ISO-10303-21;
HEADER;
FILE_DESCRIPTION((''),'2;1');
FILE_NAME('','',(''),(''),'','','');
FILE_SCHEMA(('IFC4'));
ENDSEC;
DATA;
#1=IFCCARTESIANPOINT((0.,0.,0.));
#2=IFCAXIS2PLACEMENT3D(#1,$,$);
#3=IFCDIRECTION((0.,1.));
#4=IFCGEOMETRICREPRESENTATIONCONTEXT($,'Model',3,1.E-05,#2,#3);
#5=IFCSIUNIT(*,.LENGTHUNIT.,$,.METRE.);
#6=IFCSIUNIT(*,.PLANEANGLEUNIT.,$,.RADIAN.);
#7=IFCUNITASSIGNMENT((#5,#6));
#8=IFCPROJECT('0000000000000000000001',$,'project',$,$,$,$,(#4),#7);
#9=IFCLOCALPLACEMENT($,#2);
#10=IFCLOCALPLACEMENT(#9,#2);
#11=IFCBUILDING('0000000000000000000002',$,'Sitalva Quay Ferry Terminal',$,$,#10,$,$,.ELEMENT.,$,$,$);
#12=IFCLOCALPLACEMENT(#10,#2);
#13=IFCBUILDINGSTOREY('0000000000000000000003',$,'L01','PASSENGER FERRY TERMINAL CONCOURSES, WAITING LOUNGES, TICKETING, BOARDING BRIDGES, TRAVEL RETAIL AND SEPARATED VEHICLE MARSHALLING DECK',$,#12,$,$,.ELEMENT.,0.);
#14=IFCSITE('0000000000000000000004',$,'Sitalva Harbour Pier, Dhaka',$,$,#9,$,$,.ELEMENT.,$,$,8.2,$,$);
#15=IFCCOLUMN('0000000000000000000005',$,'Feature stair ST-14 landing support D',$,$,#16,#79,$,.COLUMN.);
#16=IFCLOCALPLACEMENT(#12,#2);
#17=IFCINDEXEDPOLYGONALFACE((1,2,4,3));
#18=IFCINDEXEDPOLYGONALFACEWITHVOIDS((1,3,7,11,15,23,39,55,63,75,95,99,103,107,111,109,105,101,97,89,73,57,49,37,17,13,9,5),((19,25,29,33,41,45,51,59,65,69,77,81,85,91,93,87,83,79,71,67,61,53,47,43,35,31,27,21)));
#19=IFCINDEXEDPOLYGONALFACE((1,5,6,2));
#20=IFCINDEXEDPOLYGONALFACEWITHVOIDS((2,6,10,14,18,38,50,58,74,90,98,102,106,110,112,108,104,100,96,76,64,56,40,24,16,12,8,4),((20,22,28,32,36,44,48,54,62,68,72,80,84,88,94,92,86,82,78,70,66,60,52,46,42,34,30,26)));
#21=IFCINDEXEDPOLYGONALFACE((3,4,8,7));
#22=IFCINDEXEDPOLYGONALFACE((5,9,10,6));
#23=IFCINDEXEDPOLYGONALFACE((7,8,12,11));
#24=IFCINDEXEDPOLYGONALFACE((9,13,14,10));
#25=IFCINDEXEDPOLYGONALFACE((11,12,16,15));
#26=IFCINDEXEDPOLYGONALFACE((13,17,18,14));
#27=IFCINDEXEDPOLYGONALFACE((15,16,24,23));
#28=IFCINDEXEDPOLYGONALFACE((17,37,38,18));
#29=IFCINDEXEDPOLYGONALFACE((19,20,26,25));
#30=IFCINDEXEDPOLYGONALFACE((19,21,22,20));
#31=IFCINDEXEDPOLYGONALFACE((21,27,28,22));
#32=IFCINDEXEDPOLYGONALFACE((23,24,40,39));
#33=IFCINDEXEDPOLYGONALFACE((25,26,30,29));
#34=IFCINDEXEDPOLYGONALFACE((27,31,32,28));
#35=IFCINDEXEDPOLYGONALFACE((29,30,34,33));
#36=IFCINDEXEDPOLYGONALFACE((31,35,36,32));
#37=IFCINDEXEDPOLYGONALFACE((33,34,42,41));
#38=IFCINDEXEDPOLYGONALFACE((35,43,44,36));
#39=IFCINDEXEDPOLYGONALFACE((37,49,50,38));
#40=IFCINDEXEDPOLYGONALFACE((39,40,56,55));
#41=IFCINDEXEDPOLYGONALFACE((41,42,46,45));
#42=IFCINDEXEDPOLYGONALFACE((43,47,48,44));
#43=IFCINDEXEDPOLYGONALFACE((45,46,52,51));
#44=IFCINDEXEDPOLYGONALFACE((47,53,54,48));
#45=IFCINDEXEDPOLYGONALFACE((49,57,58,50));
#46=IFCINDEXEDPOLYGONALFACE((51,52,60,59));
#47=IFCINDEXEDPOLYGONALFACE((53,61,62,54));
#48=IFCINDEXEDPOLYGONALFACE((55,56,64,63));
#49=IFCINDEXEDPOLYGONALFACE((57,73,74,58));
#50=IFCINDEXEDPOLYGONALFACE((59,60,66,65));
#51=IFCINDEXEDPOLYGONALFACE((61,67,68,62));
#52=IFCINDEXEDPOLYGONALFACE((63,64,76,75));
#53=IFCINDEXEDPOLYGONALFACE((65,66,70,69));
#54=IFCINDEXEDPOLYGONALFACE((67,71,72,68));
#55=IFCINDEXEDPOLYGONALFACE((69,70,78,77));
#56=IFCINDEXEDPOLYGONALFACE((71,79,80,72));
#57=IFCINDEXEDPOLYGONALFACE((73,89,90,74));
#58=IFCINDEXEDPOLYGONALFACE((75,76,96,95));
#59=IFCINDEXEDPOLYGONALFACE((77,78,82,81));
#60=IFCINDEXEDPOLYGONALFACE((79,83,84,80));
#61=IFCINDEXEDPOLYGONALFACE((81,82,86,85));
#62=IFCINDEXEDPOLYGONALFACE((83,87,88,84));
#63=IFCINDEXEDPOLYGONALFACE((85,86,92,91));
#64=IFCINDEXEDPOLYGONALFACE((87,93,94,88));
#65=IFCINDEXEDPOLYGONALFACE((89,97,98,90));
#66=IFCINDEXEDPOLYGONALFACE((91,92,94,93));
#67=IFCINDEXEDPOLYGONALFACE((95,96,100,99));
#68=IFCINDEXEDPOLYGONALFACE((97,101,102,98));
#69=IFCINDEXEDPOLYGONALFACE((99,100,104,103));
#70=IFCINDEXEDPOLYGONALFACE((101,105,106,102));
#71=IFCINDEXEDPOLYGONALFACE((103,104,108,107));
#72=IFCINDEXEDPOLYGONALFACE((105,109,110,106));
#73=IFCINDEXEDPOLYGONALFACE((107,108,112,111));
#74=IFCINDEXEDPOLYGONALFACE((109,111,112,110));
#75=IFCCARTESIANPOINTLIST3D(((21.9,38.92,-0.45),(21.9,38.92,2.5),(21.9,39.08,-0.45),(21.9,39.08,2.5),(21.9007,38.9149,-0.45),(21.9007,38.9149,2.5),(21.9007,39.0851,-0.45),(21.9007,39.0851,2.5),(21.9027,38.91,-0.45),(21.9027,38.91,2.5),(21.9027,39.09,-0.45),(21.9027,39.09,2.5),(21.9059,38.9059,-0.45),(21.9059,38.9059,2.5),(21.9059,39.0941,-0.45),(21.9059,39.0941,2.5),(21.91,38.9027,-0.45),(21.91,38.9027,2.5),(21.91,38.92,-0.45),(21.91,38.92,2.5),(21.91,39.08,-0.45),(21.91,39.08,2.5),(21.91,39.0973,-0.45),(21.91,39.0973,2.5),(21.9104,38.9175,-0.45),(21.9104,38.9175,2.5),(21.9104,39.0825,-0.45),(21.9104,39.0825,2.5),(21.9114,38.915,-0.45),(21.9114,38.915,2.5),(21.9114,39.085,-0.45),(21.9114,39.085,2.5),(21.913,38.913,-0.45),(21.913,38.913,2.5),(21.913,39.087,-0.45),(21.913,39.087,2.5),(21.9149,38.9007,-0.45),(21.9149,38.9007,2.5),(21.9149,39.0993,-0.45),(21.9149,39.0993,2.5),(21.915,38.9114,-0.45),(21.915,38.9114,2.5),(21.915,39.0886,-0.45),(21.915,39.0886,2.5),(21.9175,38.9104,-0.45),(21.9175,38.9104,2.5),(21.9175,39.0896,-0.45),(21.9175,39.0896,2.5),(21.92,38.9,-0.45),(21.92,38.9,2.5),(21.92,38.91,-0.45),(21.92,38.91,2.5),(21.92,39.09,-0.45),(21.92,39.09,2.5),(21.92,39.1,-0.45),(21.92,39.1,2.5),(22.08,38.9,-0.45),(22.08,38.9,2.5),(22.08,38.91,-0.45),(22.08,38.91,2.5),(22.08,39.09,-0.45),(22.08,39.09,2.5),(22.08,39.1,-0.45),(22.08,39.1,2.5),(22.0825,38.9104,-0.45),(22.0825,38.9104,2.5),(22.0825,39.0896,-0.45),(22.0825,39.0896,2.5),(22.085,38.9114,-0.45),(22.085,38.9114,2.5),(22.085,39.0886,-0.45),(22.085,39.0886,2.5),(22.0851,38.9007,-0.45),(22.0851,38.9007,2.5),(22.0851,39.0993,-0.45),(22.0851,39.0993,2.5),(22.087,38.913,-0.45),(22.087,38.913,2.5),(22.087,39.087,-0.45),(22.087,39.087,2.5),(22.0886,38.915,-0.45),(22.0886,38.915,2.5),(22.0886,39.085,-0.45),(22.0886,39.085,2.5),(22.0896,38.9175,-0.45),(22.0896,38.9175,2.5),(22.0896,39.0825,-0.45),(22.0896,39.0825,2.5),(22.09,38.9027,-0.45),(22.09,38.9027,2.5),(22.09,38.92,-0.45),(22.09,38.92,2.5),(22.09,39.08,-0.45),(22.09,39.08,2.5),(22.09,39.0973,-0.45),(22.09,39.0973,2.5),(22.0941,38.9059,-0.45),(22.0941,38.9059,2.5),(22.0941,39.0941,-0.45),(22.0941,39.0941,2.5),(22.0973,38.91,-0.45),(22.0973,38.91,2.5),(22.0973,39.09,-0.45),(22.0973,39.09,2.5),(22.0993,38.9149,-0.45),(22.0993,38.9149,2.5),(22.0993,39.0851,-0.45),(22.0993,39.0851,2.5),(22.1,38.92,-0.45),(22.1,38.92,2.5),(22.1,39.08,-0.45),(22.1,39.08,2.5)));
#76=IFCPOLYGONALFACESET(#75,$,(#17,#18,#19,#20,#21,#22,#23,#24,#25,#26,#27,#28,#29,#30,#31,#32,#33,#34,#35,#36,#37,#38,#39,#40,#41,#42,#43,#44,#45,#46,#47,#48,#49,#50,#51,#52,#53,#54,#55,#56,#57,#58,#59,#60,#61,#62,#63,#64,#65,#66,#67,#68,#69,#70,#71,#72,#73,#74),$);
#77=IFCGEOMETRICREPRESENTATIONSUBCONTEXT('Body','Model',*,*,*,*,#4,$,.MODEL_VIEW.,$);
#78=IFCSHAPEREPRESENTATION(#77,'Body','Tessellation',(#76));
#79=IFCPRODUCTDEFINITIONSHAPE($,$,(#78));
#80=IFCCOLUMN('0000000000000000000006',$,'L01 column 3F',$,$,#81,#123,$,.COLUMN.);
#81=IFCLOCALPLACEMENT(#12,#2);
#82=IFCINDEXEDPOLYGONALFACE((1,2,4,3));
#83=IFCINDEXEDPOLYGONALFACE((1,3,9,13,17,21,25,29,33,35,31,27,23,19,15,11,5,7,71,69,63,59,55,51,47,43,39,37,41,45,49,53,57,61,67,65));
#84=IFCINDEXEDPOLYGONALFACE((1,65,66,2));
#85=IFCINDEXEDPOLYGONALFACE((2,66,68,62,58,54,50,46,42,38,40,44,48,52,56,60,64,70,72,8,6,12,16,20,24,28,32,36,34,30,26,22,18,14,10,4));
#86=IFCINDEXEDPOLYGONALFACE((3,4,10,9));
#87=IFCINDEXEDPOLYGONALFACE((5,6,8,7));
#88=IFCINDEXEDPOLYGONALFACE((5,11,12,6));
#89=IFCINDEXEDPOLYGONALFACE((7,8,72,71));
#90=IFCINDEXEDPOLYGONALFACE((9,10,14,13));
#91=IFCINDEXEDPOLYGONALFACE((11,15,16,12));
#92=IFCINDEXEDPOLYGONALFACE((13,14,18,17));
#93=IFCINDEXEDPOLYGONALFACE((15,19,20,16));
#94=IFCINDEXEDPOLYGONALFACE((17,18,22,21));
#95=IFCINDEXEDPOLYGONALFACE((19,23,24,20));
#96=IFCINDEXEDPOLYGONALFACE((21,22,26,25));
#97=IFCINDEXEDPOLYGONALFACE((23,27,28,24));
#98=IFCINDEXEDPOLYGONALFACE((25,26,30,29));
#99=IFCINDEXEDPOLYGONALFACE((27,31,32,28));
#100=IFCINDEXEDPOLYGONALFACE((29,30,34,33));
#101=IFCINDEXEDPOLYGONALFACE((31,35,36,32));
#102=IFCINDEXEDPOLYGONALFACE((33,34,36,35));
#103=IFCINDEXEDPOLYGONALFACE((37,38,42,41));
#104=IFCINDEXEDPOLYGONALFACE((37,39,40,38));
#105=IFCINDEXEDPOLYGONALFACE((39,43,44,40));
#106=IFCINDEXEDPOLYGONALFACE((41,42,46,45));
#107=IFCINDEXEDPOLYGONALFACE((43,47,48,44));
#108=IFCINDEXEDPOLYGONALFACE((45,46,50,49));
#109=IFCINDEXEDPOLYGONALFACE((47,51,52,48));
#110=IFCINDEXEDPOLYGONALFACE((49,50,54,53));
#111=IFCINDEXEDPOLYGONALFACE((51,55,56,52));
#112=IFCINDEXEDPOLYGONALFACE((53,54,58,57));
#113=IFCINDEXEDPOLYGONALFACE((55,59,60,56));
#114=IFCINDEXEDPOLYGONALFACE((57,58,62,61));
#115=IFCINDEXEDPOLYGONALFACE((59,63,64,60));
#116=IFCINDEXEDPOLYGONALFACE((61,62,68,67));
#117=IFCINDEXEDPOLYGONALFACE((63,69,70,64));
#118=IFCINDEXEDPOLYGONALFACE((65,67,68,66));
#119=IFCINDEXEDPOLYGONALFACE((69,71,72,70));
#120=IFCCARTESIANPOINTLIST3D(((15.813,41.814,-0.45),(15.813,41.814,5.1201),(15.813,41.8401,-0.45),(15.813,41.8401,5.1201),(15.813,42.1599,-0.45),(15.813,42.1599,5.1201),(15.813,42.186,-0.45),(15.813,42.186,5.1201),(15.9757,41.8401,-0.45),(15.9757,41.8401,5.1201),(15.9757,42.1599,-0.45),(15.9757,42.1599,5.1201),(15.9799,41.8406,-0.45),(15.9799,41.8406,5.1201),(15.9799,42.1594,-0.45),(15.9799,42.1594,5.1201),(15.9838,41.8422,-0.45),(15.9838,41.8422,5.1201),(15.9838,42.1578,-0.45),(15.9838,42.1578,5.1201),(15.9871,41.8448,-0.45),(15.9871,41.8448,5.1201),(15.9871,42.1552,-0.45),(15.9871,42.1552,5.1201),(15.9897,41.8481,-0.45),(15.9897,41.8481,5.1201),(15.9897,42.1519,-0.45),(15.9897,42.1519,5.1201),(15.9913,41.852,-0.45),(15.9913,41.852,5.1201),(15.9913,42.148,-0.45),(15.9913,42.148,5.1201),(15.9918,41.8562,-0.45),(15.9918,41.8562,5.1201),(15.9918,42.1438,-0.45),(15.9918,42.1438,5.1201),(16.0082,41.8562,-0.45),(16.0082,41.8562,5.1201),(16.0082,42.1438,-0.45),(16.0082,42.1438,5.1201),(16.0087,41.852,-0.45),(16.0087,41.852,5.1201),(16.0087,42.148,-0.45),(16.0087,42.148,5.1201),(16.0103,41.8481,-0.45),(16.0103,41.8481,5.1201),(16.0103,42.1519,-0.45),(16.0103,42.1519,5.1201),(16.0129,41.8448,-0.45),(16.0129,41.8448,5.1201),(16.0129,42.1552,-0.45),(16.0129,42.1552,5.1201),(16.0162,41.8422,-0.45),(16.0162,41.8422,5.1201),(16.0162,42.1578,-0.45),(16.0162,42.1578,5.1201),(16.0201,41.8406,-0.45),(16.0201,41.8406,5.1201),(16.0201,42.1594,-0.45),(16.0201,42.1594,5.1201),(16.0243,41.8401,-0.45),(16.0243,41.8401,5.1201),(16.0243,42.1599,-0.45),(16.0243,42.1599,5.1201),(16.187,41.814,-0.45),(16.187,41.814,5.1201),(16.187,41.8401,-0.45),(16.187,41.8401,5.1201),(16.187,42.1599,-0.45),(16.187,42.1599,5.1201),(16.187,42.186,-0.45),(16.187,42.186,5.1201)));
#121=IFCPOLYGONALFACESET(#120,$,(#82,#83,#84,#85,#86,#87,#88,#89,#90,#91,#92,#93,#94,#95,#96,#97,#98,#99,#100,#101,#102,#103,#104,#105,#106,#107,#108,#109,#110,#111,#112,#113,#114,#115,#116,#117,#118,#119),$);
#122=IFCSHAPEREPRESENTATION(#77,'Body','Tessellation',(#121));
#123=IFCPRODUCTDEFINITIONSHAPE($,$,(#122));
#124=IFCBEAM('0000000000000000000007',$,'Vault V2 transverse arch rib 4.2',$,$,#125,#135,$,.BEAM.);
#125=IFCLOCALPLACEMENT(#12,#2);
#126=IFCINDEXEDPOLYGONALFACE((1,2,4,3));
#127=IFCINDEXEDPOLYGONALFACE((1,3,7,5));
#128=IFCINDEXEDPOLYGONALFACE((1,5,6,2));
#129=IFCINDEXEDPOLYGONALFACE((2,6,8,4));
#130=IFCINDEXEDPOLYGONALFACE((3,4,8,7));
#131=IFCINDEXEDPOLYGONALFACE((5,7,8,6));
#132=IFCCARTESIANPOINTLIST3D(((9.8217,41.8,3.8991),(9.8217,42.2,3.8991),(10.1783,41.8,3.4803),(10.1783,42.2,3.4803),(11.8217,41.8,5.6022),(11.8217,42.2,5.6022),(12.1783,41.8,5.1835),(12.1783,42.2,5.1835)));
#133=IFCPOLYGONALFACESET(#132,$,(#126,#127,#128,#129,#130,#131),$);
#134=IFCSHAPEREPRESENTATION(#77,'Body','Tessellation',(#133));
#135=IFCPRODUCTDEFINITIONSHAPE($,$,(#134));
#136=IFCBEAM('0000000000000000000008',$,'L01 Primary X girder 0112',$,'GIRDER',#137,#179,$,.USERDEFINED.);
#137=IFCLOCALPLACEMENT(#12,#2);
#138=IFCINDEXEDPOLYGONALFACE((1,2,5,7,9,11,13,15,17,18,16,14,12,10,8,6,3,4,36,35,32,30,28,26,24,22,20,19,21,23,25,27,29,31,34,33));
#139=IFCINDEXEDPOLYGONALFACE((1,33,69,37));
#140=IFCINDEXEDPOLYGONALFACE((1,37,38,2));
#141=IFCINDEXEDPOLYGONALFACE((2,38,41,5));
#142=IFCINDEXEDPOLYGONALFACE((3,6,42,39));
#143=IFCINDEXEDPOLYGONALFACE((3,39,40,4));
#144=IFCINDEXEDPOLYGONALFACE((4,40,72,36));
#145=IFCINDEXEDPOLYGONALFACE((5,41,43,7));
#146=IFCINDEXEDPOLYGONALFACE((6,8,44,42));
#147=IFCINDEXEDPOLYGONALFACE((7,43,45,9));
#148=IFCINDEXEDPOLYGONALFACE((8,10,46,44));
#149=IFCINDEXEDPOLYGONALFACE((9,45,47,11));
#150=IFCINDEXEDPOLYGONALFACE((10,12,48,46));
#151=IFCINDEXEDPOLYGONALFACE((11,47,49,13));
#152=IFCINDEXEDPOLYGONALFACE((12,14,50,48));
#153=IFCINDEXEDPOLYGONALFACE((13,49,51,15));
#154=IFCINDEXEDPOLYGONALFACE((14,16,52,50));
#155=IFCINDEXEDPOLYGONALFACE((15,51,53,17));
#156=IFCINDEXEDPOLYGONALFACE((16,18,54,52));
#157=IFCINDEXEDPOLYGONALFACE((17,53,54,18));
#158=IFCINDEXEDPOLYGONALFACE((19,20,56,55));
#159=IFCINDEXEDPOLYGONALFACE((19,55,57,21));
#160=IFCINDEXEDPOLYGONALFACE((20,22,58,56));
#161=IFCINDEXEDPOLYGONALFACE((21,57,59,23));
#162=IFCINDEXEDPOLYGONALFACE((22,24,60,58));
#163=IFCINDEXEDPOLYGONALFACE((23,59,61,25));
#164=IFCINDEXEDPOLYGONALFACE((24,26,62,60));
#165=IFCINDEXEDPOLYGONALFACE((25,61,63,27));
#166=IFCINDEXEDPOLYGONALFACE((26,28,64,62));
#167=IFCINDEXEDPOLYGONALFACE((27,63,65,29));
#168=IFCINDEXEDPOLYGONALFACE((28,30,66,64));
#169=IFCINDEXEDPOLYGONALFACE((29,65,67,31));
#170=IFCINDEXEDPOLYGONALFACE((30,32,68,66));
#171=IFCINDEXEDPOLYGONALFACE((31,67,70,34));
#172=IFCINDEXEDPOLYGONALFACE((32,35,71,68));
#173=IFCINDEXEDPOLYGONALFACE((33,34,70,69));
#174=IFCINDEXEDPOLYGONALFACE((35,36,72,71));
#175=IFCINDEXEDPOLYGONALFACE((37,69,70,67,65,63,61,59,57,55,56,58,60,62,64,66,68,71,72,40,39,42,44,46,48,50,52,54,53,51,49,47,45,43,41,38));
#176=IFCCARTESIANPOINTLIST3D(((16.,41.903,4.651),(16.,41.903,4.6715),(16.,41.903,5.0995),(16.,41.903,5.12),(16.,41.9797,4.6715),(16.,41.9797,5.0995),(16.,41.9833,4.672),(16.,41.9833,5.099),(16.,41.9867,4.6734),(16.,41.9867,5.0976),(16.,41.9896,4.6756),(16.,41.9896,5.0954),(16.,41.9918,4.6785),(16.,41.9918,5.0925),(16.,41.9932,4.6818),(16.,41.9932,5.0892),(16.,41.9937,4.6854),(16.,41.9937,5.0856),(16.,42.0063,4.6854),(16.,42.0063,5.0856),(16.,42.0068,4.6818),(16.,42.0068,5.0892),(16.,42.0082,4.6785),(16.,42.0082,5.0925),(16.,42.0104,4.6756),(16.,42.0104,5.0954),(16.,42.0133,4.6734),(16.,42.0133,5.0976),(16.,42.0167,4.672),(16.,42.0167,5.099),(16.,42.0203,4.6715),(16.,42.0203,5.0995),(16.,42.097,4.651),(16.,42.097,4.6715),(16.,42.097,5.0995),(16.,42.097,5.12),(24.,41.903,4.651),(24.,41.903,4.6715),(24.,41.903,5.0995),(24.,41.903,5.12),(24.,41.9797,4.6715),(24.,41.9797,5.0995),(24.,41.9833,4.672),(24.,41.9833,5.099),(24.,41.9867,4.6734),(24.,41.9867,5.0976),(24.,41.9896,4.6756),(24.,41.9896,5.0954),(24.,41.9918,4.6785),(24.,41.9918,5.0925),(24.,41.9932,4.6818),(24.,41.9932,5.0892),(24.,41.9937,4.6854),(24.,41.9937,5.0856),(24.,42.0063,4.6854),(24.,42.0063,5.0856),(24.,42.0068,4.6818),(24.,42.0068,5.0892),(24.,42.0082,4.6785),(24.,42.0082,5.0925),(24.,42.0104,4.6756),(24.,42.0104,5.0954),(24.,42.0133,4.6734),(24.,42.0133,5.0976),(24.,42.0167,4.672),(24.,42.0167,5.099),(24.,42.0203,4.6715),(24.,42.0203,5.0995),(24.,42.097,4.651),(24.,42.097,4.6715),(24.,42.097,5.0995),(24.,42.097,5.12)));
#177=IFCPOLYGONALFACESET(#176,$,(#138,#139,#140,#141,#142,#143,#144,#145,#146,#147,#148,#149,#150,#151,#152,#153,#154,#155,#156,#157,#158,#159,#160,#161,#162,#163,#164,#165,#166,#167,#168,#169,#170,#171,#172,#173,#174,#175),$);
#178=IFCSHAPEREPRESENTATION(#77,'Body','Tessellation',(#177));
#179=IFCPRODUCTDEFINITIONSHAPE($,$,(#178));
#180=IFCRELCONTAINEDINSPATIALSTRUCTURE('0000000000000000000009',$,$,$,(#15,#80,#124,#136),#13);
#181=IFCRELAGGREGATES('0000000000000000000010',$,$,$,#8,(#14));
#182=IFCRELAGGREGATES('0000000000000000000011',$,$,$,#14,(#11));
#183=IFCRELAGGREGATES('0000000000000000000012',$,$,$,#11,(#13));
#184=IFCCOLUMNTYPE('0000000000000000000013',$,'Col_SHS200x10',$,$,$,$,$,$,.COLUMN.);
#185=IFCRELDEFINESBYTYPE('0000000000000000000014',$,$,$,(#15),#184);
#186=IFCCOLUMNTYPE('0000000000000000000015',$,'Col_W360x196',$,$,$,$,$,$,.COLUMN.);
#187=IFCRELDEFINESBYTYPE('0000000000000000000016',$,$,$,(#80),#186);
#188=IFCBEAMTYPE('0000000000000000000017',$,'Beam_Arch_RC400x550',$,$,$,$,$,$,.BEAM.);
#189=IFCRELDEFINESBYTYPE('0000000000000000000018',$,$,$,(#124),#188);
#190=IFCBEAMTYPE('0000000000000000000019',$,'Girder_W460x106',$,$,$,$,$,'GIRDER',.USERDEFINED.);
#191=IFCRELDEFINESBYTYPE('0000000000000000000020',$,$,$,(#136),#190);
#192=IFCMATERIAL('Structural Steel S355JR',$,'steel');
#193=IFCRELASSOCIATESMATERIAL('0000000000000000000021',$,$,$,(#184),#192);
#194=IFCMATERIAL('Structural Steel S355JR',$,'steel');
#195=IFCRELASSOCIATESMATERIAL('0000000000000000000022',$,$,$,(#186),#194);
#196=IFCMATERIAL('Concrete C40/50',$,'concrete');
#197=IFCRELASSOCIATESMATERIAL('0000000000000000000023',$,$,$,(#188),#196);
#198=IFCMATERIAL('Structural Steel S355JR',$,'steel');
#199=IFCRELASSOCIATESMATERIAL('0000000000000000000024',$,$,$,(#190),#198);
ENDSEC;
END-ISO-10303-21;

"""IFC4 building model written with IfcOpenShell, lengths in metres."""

from ifc_helpers import new_model, si_unit, direction, frame, origin, origin_2d, place, context, subcontext, project, spatial, rectangle, hollow_rectangle, i_section, extrude, material, material_profile, profile_set, type_object, element, save


model = new_model("IFC4")

# Units and contexts
model_context = context("Model", 3, precision=1e-05, world=origin(), true_north=direction((0.0, 1.0)))
body_context = subcontext(model_context, "Body", "Model", "MODEL_VIEW")
ifc_project = project(units=[si_unit("LENGTHUNIT", "METRE"), si_unit("PLANEANGLEUNIT", "RADIAN")], contexts=[model_context])

# Site, building, storey
site_placement = place(None, origin())
site = spatial("IfcSite", under=ifc_project, at=site_placement, Name="Sitalva Harbour Pier, Dhaka", CompositionType="ELEMENT", RefElevation=8.2)
building_placement = place(site_placement, origin())
building = spatial("IfcBuilding", under=site, at=building_placement, Name="Sitalva Quay Ferry Terminal", CompositionType="ELEMENT")
storey_placement = place(building_placement, origin())
storey = spatial("IfcBuildingStorey", under=building, at=storey_placement, Name="L01", Description="PASSENGER FERRY TERMINAL CONCOURSES, WAITING LOUNGES, TICKETING, BOARDING BRIDGES, TRAVEL RETAIL AND SEPARATED VEHICLE MARSHALLING DECK", CompositionType="ELEMENT", Elevation=0.0)

# Columns
ifc_material_1 = material(Name="Structural Steel S355JR", Category="steel")
ifc_material_profile_1 = material_profile(ifc_material_1, hollow_rectangle(XDim=0.2, YDim=0.2, WallThickness=0.01, InnerFilletRadius=0.01, OuterFilletRadius=0.02, at=origin_2d()), Name="SHS200x200x10")
ifc_profile_set_1 = profile_set([ifc_material_profile_1], Name="Structural Steel S355JR")
column_type_1 = type_object("IfcColumnType", Name="Col_SHS200x10", PredefinedType="COLUMN", material=ifc_profile_set_1)
for number, where, z_axis, x_axis, name in (
    (1, (22.0, 39.0, -0.45), (0.0, 0.0, 1.0), (1.0, 0.0, 0.0), "Feature stair ST-14 landing support D"),
):
    element("IfcColumn", number, at=place(storey_placement, frame(where, z_axis=z_axis, x_axis=x_axis)), inside=storey, type_object=column_type_1, Name=name, PredefinedType="COLUMN", context=body_context, shape_type="SweptSolid", body=[
        extrude(hollow_rectangle(XDim=0.2, YDim=0.2, WallThickness=0.01, InnerFilletRadius=0.01, OuterFilletRadius=0.02, at=origin_2d()), origin(), (0.0, 0.0, 1.0), 2.95),
    ])
ifc_material_2 = material(Name="Structural Steel S355JR", Category="steel")
ifc_material_profile_2 = material_profile(ifc_material_2, i_section(OverallWidth=0.374, OverallDepth=0.3721, WebThickness=0.0164, FlangeThickness=0.0261, FilletRadius=0.0161, at=origin_2d()), Name="W360x196")
ifc_profile_set_2 = profile_set([ifc_material_profile_2], Name="Structural Steel S355JR")
column_type_2 = type_object("IfcColumnType", Name="Col_W360x196", PredefinedType="COLUMN", material=ifc_profile_set_2)
column_placement = place(storey_placement, frame((16.0, 42.0, -0.45), z_axis=(0.0, 0.0, 1.0), x_axis=(1.0, 0.0, 0.0)))
element("IfcColumn", 2, at=column_placement, inside=storey, type_object=column_type_2, Name="L01 column 3F", PredefinedType="COLUMN", context=body_context, shape_type="SweptSolid", body=[
    extrude(i_section(OverallWidth=0.374, OverallDepth=0.3721, WebThickness=0.0164, FlangeThickness=0.0261, FilletRadius=0.0161, at=origin_2d()), origin(), (0.0, 0.0, 1.0), 5.5701),
])

# Beams
ifc_material_3 = material(Name="Concrete C40/50", Category="concrete")
ifc_material_profile_3 = material_profile(ifc_material_3, rectangle(XDim=0.3999, YDim=0.55, at=origin_2d()), Name="RC400x550")
ifc_profile_set_3 = profile_set([ifc_material_profile_3], Name="Concrete C40/50")
beam_type_1 = type_object("IfcBeamType", Name="Beam_Arch_RC400x550", PredefinedType="BEAM", material=ifc_profile_set_3)
beam_1_placement = place(storey_placement, frame((10.0, 42.0, 3.6897), z_axis=(0.761352, 0.0, 0.648339), x_axis=(0.0, 1.0, 0.0)))
element("IfcBeam", 3, at=beam_1_placement, inside=storey, type_object=beam_type_1, Name="Vault V2 transverse arch rib 4.2", PredefinedType="BEAM", context=body_context, shape_type="SweptSolid", body=[
    extrude(rectangle(XDim=0.3999, YDim=0.55, at=origin_2d()), origin(), (0.0, 0.0, 1.0), 2.627),
])
ifc_material_4 = material(Name="Structural Steel S355JR", Category="steel")
ifc_material_profile_4 = material_profile(ifc_material_4, i_section(OverallWidth=0.1941, OverallDepth=0.469, WebThickness=0.0127, FlangeThickness=0.0205, FilletRadius=0.0139, at=origin_2d()), Name="W460x106")
ifc_profile_set_4 = profile_set([ifc_material_profile_4], Name="Structural Steel S355JR")
beam_type_2 = type_object("IfcBeamType", Name="Girder_W460x106", ElementType="GIRDER", PredefinedType="USERDEFINED", material=ifc_profile_set_4)
beam_2_placement = place(storey_placement, frame((16.0, 42.0, 4.8855), z_axis=(1.0, 0.0, 0.0), x_axis=(0.0, 1.0, 0.0)))
element("IfcBeam", 4, at=beam_2_placement, inside=storey, type_object=beam_type_2, Name="L01 Primary X girder 0112", ObjectType="GIRDER", PredefinedType="USERDEFINED", context=body_context, shape_type="SweptSolid", body=[
    extrude(i_section(OverallWidth=0.1941, OverallDepth=0.469, WebThickness=0.0127, FlangeThickness=0.0205, FilletRadius=0.0139, at=origin_2d()), origin(), (0.0, 0.0, 1.0), 8.0),
])

save(model, "model.ifc")
